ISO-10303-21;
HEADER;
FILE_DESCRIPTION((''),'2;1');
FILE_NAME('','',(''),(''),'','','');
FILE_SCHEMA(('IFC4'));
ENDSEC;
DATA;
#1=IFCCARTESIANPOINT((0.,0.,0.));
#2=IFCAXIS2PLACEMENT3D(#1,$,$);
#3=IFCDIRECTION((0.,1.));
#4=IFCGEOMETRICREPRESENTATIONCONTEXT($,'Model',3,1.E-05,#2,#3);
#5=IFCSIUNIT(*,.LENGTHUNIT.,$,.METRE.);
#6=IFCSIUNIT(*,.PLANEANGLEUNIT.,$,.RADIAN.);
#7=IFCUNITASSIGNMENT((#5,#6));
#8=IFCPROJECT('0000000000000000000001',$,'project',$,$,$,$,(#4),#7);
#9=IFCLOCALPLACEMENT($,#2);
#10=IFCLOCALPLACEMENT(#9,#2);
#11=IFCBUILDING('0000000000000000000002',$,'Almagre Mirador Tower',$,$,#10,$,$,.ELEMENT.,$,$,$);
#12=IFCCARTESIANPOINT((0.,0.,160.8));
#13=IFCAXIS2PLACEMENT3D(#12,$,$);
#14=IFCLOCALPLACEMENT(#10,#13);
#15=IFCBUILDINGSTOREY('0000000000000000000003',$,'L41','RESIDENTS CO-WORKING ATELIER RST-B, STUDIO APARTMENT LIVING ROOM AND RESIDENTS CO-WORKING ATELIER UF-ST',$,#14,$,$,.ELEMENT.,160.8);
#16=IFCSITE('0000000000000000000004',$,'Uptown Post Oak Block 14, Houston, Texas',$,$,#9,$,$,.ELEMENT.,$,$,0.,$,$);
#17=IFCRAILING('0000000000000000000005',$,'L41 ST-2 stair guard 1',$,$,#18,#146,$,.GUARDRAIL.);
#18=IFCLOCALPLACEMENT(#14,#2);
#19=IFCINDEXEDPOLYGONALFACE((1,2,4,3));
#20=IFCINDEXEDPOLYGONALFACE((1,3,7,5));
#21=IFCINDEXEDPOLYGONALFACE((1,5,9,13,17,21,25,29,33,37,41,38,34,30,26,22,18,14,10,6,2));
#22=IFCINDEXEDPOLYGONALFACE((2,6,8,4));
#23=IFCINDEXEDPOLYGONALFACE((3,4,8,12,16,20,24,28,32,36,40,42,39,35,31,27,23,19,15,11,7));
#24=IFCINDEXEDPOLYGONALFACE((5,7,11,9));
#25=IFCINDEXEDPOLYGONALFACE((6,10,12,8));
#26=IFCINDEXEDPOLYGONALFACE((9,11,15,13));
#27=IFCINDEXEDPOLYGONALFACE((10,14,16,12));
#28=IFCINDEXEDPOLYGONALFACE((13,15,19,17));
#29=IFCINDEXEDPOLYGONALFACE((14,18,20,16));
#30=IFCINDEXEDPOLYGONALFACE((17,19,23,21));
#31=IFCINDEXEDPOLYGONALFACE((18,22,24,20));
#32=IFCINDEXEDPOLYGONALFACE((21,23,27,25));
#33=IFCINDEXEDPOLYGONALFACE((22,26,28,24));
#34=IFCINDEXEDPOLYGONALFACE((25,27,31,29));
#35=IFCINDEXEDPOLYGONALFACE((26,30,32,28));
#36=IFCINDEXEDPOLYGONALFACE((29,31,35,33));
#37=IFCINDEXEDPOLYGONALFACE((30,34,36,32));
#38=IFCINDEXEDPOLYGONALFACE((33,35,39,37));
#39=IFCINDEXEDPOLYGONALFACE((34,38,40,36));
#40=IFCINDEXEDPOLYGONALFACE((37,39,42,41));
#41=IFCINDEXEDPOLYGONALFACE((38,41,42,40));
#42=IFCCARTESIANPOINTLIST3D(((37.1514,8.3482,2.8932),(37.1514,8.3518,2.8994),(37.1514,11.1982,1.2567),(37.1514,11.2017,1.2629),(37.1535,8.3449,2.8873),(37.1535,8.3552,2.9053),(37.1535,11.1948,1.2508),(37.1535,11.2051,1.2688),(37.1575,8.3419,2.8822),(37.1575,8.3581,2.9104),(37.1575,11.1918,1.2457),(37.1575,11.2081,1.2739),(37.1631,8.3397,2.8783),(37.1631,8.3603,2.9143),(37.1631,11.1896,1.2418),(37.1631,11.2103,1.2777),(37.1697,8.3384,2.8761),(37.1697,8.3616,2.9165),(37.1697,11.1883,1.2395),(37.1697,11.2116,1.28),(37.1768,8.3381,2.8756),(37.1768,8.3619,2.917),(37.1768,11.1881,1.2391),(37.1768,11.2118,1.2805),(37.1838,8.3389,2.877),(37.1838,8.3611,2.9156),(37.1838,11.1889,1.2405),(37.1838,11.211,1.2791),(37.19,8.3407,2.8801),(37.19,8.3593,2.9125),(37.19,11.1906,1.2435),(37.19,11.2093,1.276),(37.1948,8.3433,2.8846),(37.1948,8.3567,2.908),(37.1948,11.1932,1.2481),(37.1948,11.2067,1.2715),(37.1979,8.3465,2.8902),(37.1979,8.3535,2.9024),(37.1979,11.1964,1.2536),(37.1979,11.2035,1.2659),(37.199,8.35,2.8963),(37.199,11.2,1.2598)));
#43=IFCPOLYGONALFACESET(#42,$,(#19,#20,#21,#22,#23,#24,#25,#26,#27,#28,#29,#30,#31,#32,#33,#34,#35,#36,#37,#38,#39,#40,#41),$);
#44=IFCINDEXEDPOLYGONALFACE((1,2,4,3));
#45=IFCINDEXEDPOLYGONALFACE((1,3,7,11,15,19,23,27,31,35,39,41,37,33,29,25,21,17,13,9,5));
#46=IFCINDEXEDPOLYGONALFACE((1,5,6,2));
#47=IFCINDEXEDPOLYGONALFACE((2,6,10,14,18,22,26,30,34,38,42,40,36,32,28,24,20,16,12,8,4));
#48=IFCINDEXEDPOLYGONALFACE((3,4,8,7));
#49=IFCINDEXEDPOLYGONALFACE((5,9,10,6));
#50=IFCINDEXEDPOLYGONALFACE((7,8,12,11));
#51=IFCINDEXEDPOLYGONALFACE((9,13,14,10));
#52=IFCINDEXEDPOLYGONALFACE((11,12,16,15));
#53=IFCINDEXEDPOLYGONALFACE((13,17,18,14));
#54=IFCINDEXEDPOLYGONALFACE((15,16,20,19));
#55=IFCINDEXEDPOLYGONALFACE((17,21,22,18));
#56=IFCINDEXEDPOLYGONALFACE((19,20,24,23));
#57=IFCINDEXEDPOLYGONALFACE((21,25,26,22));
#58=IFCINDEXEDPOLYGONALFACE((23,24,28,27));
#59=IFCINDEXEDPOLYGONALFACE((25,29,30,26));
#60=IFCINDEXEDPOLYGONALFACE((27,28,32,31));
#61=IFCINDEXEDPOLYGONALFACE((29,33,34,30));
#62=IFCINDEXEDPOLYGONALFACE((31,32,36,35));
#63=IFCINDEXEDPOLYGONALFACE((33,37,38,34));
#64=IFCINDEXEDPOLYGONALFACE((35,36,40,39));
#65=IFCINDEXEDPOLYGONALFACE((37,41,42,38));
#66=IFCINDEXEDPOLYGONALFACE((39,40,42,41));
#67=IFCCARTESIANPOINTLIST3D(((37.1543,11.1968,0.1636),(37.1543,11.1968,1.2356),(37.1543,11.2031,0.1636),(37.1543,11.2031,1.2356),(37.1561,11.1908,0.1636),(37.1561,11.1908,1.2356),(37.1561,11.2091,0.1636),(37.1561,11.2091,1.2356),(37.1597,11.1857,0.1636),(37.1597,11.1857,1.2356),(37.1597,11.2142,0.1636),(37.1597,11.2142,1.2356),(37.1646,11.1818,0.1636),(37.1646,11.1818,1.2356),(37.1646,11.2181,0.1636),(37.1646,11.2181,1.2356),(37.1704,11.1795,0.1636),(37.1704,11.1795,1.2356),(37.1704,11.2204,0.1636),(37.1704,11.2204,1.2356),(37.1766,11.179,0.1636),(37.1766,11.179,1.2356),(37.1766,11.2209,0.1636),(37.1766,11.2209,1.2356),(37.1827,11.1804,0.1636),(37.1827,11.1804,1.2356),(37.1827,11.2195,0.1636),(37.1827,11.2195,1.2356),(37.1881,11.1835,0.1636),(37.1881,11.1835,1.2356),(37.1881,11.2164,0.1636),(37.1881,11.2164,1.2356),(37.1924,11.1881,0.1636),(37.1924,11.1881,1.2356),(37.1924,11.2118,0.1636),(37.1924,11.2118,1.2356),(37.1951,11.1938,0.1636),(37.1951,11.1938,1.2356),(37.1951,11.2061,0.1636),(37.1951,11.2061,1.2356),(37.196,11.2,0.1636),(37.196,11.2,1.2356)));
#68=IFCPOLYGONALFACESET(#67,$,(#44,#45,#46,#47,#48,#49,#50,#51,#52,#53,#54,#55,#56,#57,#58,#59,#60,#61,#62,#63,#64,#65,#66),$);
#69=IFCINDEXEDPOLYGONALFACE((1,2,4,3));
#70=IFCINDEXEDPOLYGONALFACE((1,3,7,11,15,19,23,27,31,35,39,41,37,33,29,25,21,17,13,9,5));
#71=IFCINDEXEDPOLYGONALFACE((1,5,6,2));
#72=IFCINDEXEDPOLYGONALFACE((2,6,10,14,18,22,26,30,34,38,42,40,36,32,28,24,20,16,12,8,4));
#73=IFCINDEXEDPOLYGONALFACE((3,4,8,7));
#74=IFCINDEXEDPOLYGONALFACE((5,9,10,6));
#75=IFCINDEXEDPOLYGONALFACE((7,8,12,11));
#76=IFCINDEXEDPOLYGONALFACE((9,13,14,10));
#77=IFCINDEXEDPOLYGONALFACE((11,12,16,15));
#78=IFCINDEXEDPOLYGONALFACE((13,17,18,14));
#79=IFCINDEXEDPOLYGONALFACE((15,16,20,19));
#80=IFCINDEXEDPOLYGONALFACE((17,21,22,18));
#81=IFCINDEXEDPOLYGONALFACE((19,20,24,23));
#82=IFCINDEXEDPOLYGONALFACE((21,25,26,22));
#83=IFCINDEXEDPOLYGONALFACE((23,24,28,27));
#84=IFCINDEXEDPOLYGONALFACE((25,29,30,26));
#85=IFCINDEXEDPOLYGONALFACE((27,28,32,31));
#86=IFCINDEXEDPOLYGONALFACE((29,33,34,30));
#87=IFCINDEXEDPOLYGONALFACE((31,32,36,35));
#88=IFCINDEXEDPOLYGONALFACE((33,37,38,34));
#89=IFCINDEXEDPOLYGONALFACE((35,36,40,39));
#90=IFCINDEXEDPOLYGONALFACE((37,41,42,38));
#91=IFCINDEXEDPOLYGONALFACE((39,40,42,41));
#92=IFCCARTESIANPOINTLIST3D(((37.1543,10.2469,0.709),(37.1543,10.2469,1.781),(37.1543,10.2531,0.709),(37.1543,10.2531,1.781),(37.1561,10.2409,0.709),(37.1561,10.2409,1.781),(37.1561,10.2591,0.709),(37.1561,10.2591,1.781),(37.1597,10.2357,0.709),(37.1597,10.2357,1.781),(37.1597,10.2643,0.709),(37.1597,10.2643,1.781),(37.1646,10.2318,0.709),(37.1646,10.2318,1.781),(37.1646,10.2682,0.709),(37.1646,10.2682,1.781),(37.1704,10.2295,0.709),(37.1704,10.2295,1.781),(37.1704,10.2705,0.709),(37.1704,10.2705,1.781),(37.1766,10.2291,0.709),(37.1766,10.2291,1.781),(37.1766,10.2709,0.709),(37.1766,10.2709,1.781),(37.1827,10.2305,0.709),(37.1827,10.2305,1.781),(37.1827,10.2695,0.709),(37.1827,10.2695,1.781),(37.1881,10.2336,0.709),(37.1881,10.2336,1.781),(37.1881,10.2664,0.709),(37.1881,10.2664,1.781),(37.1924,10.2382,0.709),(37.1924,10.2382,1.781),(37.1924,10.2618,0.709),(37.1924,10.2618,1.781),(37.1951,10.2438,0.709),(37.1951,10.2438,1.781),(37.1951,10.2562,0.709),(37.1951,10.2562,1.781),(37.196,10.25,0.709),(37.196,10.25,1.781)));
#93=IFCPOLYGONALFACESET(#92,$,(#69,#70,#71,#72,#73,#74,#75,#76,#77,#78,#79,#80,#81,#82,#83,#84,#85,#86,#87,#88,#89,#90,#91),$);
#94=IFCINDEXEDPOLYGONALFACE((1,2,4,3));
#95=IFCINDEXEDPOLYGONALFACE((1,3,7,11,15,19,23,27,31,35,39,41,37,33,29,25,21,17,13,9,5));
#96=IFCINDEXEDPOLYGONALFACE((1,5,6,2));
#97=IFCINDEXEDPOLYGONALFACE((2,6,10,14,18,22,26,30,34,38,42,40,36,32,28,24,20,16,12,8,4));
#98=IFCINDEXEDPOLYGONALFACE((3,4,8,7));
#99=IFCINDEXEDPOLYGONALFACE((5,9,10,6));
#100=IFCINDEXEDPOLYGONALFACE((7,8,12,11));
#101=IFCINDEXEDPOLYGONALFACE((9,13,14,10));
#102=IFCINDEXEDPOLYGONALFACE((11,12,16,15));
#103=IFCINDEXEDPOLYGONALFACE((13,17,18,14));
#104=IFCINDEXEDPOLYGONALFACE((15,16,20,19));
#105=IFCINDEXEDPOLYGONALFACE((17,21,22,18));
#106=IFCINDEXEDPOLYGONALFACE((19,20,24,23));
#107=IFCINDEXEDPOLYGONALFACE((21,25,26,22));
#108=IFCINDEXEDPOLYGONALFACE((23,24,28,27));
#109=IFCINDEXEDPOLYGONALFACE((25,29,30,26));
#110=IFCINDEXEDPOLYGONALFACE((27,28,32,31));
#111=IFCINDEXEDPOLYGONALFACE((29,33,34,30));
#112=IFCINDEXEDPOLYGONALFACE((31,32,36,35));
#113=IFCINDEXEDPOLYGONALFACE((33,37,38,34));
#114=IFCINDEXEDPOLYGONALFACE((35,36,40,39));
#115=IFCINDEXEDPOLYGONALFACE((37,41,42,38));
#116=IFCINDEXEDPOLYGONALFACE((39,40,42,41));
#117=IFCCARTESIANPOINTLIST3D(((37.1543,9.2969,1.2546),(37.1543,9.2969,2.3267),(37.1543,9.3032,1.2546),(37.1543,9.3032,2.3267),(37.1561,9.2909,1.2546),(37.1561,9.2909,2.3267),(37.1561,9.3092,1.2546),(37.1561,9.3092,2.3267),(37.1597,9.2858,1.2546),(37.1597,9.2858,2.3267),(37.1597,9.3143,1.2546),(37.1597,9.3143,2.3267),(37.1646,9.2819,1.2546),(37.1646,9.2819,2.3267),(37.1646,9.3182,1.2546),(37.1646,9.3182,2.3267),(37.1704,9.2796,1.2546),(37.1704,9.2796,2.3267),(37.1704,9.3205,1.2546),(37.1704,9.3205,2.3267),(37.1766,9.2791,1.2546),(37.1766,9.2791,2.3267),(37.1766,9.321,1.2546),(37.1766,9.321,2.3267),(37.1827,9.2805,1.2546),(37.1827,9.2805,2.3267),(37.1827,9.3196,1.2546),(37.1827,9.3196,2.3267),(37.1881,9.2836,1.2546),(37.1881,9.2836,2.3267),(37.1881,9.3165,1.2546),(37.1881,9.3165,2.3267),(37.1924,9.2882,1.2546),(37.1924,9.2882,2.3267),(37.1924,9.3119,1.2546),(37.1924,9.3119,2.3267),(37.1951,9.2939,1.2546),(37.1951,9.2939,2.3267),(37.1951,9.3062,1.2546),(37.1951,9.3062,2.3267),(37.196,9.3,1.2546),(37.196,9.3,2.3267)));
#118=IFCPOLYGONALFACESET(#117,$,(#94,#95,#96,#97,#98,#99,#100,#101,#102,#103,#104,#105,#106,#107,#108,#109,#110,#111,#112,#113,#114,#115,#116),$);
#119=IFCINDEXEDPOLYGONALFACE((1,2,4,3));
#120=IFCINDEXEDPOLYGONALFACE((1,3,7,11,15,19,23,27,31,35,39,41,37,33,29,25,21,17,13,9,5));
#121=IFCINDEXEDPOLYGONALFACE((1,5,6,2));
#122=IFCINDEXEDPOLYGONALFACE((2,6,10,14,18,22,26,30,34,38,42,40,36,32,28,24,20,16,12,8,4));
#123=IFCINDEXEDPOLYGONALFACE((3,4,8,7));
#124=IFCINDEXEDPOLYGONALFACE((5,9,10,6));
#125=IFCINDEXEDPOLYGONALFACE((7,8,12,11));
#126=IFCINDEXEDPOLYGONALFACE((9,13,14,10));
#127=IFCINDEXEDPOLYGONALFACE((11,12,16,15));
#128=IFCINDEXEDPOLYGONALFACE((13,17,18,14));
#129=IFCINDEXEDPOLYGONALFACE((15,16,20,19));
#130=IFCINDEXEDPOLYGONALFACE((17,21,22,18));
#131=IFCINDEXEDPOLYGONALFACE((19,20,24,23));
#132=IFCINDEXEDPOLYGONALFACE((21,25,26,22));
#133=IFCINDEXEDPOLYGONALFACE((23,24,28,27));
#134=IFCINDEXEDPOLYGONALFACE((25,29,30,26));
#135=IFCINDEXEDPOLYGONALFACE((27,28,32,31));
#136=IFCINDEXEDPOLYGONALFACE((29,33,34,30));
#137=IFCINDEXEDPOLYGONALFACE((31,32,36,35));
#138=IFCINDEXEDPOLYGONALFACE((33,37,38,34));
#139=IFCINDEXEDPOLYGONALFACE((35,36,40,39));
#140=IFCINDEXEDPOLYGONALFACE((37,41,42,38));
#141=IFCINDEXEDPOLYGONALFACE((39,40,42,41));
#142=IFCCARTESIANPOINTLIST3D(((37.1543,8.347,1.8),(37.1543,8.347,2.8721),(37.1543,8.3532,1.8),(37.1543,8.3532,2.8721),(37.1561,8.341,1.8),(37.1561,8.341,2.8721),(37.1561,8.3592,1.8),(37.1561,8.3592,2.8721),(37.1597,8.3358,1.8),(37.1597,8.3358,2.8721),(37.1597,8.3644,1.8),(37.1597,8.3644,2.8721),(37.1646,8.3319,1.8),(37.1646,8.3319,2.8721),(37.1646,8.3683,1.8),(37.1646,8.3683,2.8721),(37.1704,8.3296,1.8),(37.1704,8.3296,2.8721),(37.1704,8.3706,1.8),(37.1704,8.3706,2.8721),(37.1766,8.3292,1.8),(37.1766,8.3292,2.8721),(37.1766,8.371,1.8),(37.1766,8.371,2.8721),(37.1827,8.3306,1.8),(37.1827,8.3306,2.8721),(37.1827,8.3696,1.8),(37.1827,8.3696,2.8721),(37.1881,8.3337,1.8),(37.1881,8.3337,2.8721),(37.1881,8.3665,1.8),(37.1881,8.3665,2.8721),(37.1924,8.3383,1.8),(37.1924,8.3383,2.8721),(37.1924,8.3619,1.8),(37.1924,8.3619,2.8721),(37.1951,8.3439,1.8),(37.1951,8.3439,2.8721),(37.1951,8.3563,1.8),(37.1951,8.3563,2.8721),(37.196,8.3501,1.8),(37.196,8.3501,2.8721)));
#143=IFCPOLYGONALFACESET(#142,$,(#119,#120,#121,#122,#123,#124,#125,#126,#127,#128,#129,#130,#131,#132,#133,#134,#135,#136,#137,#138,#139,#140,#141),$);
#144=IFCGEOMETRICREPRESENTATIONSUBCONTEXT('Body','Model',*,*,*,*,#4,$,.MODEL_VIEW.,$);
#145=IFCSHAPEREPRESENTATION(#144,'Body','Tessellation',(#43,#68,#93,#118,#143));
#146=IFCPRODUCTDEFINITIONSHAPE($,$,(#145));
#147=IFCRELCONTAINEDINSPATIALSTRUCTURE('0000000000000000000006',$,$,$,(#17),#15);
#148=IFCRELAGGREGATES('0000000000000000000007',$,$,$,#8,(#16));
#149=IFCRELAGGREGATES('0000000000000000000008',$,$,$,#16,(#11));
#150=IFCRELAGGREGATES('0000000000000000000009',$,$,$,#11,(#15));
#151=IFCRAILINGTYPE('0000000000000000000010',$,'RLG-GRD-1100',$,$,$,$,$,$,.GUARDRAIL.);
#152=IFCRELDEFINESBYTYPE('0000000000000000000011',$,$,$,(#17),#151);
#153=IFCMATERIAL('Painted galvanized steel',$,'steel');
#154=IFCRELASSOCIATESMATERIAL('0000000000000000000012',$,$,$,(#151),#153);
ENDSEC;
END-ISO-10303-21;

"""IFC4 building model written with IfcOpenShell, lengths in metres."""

from ifc_helpers import new_model, si_unit, direction, frame, origin, origin_2d, place, context, subcontext, project, spatial, circle, extrude, material, type_object, element, save


model = new_model("IFC4")

# Units and contexts
model_context = context("Model", 3, precision=1e-05, world=origin(), true_north=direction((0.0, 1.0)))
body_context = subcontext(model_context, "Body", "Model", "MODEL_VIEW")
ifc_project = project(units=[si_unit("LENGTHUNIT", "METRE"), si_unit("PLANEANGLEUNIT", "RADIAN")], contexts=[model_context])

# Site, building, storey
site_placement = place(None, origin())
site = spatial("IfcSite", under=ifc_project, at=site_placement, Name="Uptown Post Oak Block 14, Houston, Texas", CompositionType="ELEMENT", RefElevation=0.0)
building_placement = place(site_placement, origin())
building = spatial("IfcBuilding", under=site, at=building_placement, Name="Almagre Mirador Tower", CompositionType="ELEMENT")
storey_placement = place(building_placement, frame((0.0, 0.0, 160.8)))
storey = spatial("IfcBuildingStorey", under=building, at=storey_placement, Name="L41", Description="RESIDENTS CO-WORKING ATELIER RST-B, STUDIO APARTMENT LIVING ROOM AND RESIDENTS CO-WORKING ATELIER UF-ST", CompositionType="ELEMENT", Elevation=160.8)

# Railing
ifc_material_1 = material(Name="Painted galvanized steel", Category="steel")
railing_type_1 = type_object("IfcRailingType", Name="RLG-GRD-1100", PredefinedType="GUARDRAIL", material=ifc_material_1)
railing_1_placement = place(storey_placement, frame((37.175, 11.2, 0.1636)))
element("IfcRailing", 1, at=railing_1_placement, inside=storey, type_object=railing_type_1, Name="L41 ST-2 stair guard 1", PredefinedType="GUARDRAIL", context=body_context, shape_type="SweptSolid", body=[
    extrude(circle(Radius=0.0239, at=origin_2d()), frame((0.0, 0.0, 1.0962), z_axis=(0.0, -0.867194, 0.49797), x_axis=(1.0, 0.0, 0.0)), (0.0, 0.0, 1.0), 3.2864),
    extrude(circle(Radius=0.021, at=origin_2d()), origin(), (0.0, 0.0, 1.0), 1.072),
    extrude(circle(Radius=0.021, at=origin_2d()), frame((0.0, -0.95, 0.5454)), (0.0, 0.0, 1.0), 1.072),
    extrude(circle(Radius=0.021, at=origin_2d()), frame((0.0, -1.8999, 1.0911)), (0.0, 0.0, 1.0), 1.072),
    extrude(circle(Radius=0.021, at=origin_2d()), frame((0.0, -2.8499, 1.6365)), (0.0, 0.0, 1.0), 1.072),
])

save(model, "model.ifc")
